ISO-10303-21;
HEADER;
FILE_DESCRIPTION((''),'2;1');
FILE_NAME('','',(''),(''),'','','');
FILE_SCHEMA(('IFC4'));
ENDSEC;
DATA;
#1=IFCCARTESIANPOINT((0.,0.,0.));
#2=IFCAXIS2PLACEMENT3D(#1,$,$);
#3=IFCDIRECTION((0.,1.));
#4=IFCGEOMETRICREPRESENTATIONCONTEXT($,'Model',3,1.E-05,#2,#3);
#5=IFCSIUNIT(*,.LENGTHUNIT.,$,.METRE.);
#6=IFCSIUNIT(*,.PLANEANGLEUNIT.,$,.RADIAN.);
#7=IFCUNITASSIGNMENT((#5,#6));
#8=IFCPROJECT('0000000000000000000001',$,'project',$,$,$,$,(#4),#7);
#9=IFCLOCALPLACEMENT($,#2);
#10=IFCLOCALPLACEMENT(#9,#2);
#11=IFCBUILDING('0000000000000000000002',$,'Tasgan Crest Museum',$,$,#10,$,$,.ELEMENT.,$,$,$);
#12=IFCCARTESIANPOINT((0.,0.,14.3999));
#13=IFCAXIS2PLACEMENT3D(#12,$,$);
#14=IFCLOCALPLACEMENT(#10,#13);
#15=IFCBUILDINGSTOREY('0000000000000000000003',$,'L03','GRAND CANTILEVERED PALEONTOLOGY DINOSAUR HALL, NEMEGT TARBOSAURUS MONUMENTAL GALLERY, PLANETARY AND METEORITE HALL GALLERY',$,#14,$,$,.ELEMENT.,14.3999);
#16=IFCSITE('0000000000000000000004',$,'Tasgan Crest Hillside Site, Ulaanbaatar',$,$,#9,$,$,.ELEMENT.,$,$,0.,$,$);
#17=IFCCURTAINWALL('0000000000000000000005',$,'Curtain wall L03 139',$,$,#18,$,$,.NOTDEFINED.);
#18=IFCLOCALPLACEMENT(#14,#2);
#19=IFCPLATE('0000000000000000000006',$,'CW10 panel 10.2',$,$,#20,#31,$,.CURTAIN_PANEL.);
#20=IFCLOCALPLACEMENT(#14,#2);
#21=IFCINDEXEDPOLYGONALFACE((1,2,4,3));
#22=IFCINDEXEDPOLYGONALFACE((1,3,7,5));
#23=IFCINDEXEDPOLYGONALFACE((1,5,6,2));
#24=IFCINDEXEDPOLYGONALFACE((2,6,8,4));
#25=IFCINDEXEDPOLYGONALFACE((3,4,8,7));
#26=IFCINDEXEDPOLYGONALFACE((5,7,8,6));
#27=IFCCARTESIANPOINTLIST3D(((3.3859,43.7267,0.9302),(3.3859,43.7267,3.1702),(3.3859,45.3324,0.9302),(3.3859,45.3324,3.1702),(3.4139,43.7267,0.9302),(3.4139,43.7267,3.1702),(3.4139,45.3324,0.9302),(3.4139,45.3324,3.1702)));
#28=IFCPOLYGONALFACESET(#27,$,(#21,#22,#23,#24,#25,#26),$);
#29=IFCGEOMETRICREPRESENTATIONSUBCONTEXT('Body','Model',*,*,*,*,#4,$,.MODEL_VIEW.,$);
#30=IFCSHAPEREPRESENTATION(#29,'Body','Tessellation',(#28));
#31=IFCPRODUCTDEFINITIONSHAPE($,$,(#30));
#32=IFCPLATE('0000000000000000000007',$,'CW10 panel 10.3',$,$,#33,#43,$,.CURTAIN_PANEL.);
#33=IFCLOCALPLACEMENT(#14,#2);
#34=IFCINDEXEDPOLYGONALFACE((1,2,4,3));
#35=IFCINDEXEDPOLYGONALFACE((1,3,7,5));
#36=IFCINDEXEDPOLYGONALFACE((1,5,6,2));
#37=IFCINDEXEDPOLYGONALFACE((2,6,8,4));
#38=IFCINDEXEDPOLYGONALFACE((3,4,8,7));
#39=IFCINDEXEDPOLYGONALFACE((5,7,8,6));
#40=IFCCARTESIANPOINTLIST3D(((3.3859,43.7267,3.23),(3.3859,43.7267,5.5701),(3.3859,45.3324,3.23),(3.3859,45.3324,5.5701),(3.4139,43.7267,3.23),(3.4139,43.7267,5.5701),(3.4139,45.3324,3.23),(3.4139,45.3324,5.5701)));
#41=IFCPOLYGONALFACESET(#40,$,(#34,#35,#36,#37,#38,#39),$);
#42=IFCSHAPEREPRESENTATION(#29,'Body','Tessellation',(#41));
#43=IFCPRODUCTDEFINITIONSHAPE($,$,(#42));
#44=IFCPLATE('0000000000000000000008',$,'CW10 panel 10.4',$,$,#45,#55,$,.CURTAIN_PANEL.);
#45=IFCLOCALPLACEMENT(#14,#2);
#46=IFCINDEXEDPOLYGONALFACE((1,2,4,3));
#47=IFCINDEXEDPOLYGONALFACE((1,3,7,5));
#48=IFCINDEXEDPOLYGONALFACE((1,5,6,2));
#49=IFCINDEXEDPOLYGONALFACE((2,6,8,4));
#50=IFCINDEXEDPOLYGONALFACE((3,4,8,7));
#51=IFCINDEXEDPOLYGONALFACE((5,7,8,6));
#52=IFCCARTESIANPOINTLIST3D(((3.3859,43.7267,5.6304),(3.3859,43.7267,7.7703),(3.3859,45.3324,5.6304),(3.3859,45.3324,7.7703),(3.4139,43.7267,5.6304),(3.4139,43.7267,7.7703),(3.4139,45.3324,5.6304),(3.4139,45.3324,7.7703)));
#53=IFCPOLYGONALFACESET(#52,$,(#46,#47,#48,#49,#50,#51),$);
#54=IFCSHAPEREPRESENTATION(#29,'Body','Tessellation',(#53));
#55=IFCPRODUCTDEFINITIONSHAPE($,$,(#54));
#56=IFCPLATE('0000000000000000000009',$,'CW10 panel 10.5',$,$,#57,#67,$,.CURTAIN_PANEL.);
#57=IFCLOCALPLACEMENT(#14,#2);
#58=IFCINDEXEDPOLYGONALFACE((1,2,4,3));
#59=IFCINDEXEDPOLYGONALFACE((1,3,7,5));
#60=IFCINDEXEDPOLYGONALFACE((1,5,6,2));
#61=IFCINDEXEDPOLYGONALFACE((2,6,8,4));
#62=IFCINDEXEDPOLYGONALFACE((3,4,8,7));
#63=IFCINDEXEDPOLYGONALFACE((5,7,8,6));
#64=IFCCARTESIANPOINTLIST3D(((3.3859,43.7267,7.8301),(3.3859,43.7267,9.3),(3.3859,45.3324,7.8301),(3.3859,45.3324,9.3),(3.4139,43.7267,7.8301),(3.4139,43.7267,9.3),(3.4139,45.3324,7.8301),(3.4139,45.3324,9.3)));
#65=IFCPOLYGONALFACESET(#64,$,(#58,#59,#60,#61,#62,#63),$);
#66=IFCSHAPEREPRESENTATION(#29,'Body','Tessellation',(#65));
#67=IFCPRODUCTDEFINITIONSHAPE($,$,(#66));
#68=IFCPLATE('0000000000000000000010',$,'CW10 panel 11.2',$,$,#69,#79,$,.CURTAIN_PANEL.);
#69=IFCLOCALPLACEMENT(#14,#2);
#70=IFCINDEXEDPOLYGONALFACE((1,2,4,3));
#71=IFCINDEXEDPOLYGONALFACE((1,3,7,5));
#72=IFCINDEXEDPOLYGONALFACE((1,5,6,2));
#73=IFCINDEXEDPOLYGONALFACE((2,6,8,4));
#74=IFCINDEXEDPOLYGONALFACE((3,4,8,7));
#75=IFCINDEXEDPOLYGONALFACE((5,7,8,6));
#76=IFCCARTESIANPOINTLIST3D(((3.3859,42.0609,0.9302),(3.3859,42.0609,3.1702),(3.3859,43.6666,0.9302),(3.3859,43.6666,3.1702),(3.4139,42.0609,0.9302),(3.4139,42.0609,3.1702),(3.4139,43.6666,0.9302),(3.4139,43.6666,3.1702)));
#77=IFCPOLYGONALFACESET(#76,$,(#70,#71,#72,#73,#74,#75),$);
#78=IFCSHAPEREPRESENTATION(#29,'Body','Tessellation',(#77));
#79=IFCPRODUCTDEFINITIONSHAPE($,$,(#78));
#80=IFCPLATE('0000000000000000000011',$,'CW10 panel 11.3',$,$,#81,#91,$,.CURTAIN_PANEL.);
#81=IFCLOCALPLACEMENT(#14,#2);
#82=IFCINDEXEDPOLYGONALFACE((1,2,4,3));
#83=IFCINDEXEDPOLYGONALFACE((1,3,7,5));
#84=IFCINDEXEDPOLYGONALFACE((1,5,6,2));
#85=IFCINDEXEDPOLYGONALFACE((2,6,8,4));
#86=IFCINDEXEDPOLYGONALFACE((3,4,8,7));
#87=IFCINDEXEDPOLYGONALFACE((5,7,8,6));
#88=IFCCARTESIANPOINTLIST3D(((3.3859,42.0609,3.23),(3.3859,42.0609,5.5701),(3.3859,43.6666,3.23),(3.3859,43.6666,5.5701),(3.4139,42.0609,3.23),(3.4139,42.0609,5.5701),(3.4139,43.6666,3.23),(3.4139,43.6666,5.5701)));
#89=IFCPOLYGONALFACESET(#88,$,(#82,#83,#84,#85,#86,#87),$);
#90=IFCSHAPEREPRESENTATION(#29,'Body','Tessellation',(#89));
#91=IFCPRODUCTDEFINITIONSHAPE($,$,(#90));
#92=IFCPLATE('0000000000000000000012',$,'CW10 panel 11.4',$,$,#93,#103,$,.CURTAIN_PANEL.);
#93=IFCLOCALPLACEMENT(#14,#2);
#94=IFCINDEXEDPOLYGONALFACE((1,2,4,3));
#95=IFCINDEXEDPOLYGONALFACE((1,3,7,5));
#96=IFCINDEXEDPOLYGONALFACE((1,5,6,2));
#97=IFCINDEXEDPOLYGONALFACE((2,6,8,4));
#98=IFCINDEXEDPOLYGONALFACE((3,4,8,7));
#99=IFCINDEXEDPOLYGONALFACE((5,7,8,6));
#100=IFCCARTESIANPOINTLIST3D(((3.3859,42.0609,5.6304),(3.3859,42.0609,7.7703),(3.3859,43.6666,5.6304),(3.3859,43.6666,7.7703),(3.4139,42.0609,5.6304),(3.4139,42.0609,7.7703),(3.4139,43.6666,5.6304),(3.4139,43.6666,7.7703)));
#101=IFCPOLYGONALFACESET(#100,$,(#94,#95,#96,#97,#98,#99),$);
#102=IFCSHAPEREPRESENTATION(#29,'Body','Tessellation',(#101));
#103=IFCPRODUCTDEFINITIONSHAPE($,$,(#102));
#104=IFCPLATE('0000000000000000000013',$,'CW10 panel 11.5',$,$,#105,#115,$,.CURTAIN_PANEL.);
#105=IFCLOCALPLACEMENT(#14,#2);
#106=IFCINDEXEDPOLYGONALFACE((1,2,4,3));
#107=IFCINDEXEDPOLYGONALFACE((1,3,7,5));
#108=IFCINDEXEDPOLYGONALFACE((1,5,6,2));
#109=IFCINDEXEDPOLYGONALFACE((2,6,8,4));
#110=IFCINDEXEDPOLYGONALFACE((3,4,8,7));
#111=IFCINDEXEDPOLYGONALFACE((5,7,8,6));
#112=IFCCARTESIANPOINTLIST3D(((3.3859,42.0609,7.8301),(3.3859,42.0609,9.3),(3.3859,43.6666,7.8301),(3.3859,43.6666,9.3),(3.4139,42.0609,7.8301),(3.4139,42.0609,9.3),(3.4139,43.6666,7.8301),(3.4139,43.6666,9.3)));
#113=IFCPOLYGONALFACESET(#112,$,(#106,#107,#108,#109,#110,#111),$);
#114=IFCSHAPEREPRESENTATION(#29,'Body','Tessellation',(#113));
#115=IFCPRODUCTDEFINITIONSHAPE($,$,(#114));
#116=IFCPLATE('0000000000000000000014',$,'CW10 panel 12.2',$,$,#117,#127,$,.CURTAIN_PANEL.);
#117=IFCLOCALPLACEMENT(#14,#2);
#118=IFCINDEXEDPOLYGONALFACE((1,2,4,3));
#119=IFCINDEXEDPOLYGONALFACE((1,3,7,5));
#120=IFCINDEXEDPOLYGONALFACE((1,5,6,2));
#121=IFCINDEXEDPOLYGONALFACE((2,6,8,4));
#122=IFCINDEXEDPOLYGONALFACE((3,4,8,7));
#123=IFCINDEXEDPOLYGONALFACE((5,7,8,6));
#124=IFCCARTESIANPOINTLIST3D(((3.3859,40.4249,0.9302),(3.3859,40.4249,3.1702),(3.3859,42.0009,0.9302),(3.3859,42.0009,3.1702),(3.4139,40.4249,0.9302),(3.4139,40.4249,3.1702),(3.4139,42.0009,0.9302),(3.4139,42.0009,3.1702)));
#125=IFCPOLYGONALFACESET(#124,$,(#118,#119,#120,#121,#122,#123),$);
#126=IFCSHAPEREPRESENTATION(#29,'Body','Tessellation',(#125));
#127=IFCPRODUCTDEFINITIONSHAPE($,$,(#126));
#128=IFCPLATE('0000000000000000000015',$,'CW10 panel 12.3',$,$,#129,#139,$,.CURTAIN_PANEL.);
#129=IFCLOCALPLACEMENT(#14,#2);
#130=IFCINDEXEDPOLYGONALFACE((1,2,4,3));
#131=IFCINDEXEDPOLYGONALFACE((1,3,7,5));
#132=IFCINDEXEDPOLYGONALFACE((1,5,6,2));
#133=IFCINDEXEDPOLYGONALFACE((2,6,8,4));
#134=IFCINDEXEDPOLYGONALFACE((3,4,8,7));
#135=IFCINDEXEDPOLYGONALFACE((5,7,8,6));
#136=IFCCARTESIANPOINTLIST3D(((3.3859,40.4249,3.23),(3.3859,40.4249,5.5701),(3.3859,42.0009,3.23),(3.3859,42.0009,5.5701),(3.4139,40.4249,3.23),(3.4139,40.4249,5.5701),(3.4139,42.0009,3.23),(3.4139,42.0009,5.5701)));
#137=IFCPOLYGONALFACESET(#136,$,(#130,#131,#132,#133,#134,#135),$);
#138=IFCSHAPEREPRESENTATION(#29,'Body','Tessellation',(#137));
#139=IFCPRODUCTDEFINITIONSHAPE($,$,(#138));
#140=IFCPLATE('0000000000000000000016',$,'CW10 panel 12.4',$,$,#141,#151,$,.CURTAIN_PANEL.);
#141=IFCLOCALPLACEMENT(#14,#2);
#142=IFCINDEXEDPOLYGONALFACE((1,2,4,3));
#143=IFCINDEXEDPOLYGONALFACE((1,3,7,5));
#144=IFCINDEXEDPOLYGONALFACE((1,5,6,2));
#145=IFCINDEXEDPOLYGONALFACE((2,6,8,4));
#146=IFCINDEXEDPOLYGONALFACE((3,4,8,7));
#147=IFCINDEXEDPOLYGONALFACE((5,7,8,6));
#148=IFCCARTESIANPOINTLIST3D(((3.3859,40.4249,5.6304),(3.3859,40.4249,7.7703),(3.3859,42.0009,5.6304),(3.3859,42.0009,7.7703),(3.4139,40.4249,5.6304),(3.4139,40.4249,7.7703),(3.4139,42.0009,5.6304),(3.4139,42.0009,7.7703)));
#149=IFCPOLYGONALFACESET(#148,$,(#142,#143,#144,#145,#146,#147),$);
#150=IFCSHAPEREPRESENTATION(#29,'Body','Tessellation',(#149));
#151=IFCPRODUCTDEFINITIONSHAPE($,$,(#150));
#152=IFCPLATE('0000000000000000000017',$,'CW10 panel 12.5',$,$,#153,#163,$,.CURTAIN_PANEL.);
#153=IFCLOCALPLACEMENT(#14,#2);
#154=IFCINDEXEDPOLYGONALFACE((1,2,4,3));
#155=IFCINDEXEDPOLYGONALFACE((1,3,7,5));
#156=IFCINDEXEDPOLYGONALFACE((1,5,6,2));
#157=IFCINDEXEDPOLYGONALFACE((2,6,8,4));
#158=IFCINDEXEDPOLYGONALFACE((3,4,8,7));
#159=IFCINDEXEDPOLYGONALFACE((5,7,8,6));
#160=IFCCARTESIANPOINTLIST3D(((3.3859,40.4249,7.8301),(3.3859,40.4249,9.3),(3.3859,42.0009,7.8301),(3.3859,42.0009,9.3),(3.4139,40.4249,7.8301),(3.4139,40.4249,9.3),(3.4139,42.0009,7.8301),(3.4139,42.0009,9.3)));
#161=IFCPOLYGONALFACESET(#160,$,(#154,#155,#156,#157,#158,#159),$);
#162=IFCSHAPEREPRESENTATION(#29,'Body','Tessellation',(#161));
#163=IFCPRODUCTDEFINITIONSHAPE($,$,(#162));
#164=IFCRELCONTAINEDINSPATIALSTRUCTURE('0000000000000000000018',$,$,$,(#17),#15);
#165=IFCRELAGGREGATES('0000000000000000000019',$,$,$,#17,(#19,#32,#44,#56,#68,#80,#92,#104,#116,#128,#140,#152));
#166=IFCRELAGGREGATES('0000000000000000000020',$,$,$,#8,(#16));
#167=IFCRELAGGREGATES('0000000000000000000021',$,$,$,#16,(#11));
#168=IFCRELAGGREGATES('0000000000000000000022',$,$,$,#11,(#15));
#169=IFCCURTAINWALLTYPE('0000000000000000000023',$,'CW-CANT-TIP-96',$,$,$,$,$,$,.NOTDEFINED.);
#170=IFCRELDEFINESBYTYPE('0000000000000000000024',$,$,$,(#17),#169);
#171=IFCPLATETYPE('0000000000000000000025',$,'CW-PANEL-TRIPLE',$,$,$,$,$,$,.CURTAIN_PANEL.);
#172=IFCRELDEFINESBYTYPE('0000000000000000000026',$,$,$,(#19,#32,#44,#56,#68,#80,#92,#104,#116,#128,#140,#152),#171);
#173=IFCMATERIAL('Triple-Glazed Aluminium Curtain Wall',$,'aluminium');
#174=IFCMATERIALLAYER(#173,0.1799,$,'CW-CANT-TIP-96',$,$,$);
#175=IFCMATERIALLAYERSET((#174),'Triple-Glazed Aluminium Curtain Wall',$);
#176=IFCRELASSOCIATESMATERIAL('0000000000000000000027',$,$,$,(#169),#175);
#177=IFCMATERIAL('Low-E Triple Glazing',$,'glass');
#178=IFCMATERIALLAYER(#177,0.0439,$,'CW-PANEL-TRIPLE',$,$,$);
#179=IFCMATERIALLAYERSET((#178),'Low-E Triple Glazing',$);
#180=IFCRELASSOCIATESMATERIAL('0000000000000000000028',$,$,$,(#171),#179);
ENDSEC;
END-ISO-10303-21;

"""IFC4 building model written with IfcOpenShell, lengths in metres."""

from ifc_helpers import new_model, si_unit, direction, frame, origin, origin_2d, place, context, subcontext, project, spatial, rectangle, extrude, material, layer, layer_set, type_object, element, aggregate, save


model = new_model("IFC4")

# Units and contexts
model_context = context("Model", 3, precision=1e-05, world=origin(), true_north=direction((0.0, 1.0)))
body_context = subcontext(model_context, "Body", "Model", "MODEL_VIEW")
ifc_project = project(units=[si_unit("LENGTHUNIT", "METRE"), si_unit("PLANEANGLEUNIT", "RADIAN")], contexts=[model_context])

# Site, building, storey
site_placement = place(None, origin())
site = spatial("IfcSite", under=ifc_project, at=site_placement, Name="Tasgan Crest Hillside Site, Ulaanbaatar", CompositionType="ELEMENT", RefElevation=0.0)
building_placement = place(site_placement, origin())
building = spatial("IfcBuilding", under=site, at=building_placement, Name="Tasgan Crest Museum", CompositionType="ELEMENT")
storey_placement = place(building_placement, frame((0.0, 0.0, 14.3999)))
storey = spatial("IfcBuildingStorey", under=building, at=storey_placement, Name="L03", Description="GRAND CANTILEVERED PALEONTOLOGY DINOSAUR HALL, NEMEGT TARBOSAURUS MONUMENTAL GALLERY, PLANETARY AND METEORITE HALL GALLERY", CompositionType="ELEMENT", Elevation=14.3999)

# Curtain wall
ifc_material_1 = material(Name="Triple-Glazed Aluminium Curtain Wall", Category="aluminium")
ifc_layer_1 = layer(ifc_material_1, 0.1799, Name="CW-CANT-TIP-96")
ifc_layer_set_1 = layer_set([ifc_layer_1], Name="Triple-Glazed Aluminium Curtain Wall")
curtain_wall_type_1 = type_object("IfcCurtainWallType", Name="CW-CANT-TIP-96", PredefinedType="NOTDEFINED", material=ifc_layer_set_1)
curtain_wall_1_placement = place(storey_placement, origin())
curtain_wall_1 = element("IfcCurtainWall", 1, at=curtain_wall_1_placement, inside=storey, type_object=curtain_wall_type_1, Name="Curtain wall L03 139", PredefinedType="NOTDEFINED")

# Plates
ifc_material_2 = material(Name="Low-E Triple Glazing", Category="glass")
ifc_layer_2 = layer(ifc_material_2, 0.0439, Name="CW-PANEL-TRIPLE")
ifc_layer_set_2 = layer_set([ifc_layer_2], Name="Low-E Triple Glazing")
plate_type = type_object("IfcPlateType", Name="CW-PANEL-TRIPLE", PredefinedType="CURTAIN_PANEL", material=ifc_layer_set_2)
plate_1_placement = place(storey_placement, frame((3.3999, 44.5295, 0.9302), z_axis=(0.0, 0.0, 1.0), x_axis=(0.0, -1.0, 0.0)))
plate_1 = element("IfcPlate", 2, at=plate_1_placement, type_object=plate_type, Name="CW10 panel 10.2", PredefinedType="CURTAIN_PANEL", context=body_context, shape_type="SweptSolid", body=[
    extrude(rectangle(XDim=1.6057, YDim=0.0281, at=origin_2d()), origin(), (0.0, 0.0, 1.0), 2.24),
])
plate_2_placement = place(storey_placement, frame((3.3999, 44.5295, 3.23), z_axis=(0.0, 0.0, 1.0), x_axis=(0.0, -1.0, 0.0)))
plate_2 = element("IfcPlate", 3, at=plate_2_placement, type_object=plate_type, Name="CW10 panel 10.3", PredefinedType="CURTAIN_PANEL", context=body_context, shape_type="SweptSolid", body=[
    extrude(rectangle(XDim=1.6057, YDim=0.0281, at=origin_2d()), origin(), (0.0, 0.0, 1.0), 2.3401),
])
plate_3_placement = place(storey_placement, frame((3.3999, 44.5295, 5.6304), z_axis=(0.0, 0.0, 1.0), x_axis=(0.0, -1.0, 0.0)))
plate_3 = element("IfcPlate", 4, at=plate_3_placement, type_object=plate_type, Name="CW10 panel 10.4", PredefinedType="CURTAIN_PANEL", context=body_context, shape_type="SweptSolid", body=[
    extrude(rectangle(XDim=1.6057, YDim=0.0281, at=origin_2d()), origin(), (0.0, 0.0, 1.0), 2.1399),
])
plate_4_placement = place(storey_placement, frame((3.3999, 44.5295, 7.8301), z_axis=(0.0, 0.0, 1.0), x_axis=(0.0, -1.0, 0.0)))
plate_4 = element("IfcPlate", 5, at=plate_4_placement, type_object=plate_type, Name="CW10 panel 10.5", PredefinedType="CURTAIN_PANEL", context=body_context, shape_type="SweptSolid", body=[
    extrude(rectangle(XDim=1.6057, YDim=0.0281, at=origin_2d()), origin(), (0.0, 0.0, 1.0), 1.47),
])
plate_5_placement = place(storey_placement, frame((3.3999, 42.8638, 0.9302), z_axis=(0.0, 0.0, 1.0), x_axis=(0.0, -1.0, 0.0)))
plate_5 = element("IfcPlate", 6, at=plate_5_placement, type_object=plate_type, Name="CW10 panel 11.2", PredefinedType="CURTAIN_PANEL", context=body_context, shape_type="SweptSolid", body=[
    extrude(rectangle(XDim=1.6057, YDim=0.0281, at=origin_2d()), origin(), (0.0, 0.0, 1.0), 2.24),
])
plate_6_placement = place(storey_placement, frame((3.3999, 42.8638, 3.23), z_axis=(0.0, 0.0, 1.0), x_axis=(0.0, -1.0, 0.0)))
plate_6 = element("IfcPlate", 7, at=plate_6_placement, type_object=plate_type, Name="CW10 panel 11.3", PredefinedType="CURTAIN_PANEL", context=body_context, shape_type="SweptSolid", body=[
    extrude(rectangle(XDim=1.6057, YDim=0.0281, at=origin_2d()), origin(), (0.0, 0.0, 1.0), 2.3401),
])
plate_7_placement = place(storey_placement, frame((3.3999, 42.8638, 5.6304), z_axis=(0.0, 0.0, 1.0), x_axis=(0.0, -1.0, 0.0)))
plate_7 = element("IfcPlate", 8, at=plate_7_placement, type_object=plate_type, Name="CW10 panel 11.4", PredefinedType="CURTAIN_PANEL", context=body_context, shape_type="SweptSolid", body=[
    extrude(rectangle(XDim=1.6057, YDim=0.0281, at=origin_2d()), origin(), (0.0, 0.0, 1.0), 2.1399),
])
plate_8_placement = place(storey_placement, frame((3.3999, 42.8638, 7.8301), z_axis=(0.0, 0.0, 1.0), x_axis=(0.0, -1.0, 0.0)))
plate_8 = element("IfcPlate", 9, at=plate_8_placement, type_object=plate_type, Name="CW10 panel 11.5", PredefinedType="CURTAIN_PANEL", context=body_context, shape_type="SweptSolid", body=[
    extrude(rectangle(XDim=1.6057, YDim=0.0281, at=origin_2d()), origin(), (0.0, 0.0, 1.0), 1.47),
])
plate_9_placement = place(storey_placement, frame((3.3999, 41.2129, 0.9302), z_axis=(0.0, 0.0, 1.0), x_axis=(0.0, -1.0, 0.0)))
plate_9 = element("IfcPlate", 10, at=plate_9_placement, type_object=plate_type, Name="CW10 panel 12.2", PredefinedType="CURTAIN_PANEL", context=body_context, shape_type="SweptSolid", body=[
    extrude(rectangle(XDim=1.5759, YDim=0.0281, at=origin_2d()), origin(), (0.0, 0.0, 1.0), 2.24),
])
plate_10_placement = place(storey_placement, frame((3.3999, 41.2129, 3.23), z_axis=(0.0, 0.0, 1.0), x_axis=(0.0, -1.0, 0.0)))
plate_10 = element("IfcPlate", 11, at=plate_10_placement, type_object=plate_type, Name="CW10 panel 12.3", PredefinedType="CURTAIN_PANEL", context=body_context, shape_type="SweptSolid", body=[
    extrude(rectangle(XDim=1.5759, YDim=0.0281, at=origin_2d()), origin(), (0.0, 0.0, 1.0), 2.3401),
])
plate_11_placement = place(storey_placement, frame((3.3999, 41.2129, 5.6304), z_axis=(0.0, 0.0, 1.0), x_axis=(0.0, -1.0, 0.0)))
plate_11 = element("IfcPlate", 12, at=plate_11_placement, type_object=plate_type, Name="CW10 panel 12.4", PredefinedType="CURTAIN_PANEL", context=body_context, shape_type="SweptSolid", body=[
    extrude(rectangle(XDim=1.5759, YDim=0.0281, at=origin_2d()), origin(), (0.0, 0.0, 1.0), 2.1399),
])
plate_12_placement = place(storey_placement, frame((3.3999, 41.2129, 7.8301), z_axis=(0.0, 0.0, 1.0), x_axis=(0.0, -1.0, 0.0)))
plate_12 = element("IfcPlate", 13, at=plate_12_placement, type_object=plate_type, Name="CW10 panel 12.5", PredefinedType="CURTAIN_PANEL", context=body_context, shape_type="SweptSolid", body=[
    extrude(rectangle(XDim=1.5759, YDim=0.0281, at=origin_2d()), origin(), (0.0, 0.0, 1.0), 1.47),
])
aggregate(curtain_wall_1, [plate_1, plate_2, plate_3, plate_4, plate_5, plate_6, plate_7, plate_8, plate_9, plate_10, plate_11, plate_12])

save(model, "model.ifc")
